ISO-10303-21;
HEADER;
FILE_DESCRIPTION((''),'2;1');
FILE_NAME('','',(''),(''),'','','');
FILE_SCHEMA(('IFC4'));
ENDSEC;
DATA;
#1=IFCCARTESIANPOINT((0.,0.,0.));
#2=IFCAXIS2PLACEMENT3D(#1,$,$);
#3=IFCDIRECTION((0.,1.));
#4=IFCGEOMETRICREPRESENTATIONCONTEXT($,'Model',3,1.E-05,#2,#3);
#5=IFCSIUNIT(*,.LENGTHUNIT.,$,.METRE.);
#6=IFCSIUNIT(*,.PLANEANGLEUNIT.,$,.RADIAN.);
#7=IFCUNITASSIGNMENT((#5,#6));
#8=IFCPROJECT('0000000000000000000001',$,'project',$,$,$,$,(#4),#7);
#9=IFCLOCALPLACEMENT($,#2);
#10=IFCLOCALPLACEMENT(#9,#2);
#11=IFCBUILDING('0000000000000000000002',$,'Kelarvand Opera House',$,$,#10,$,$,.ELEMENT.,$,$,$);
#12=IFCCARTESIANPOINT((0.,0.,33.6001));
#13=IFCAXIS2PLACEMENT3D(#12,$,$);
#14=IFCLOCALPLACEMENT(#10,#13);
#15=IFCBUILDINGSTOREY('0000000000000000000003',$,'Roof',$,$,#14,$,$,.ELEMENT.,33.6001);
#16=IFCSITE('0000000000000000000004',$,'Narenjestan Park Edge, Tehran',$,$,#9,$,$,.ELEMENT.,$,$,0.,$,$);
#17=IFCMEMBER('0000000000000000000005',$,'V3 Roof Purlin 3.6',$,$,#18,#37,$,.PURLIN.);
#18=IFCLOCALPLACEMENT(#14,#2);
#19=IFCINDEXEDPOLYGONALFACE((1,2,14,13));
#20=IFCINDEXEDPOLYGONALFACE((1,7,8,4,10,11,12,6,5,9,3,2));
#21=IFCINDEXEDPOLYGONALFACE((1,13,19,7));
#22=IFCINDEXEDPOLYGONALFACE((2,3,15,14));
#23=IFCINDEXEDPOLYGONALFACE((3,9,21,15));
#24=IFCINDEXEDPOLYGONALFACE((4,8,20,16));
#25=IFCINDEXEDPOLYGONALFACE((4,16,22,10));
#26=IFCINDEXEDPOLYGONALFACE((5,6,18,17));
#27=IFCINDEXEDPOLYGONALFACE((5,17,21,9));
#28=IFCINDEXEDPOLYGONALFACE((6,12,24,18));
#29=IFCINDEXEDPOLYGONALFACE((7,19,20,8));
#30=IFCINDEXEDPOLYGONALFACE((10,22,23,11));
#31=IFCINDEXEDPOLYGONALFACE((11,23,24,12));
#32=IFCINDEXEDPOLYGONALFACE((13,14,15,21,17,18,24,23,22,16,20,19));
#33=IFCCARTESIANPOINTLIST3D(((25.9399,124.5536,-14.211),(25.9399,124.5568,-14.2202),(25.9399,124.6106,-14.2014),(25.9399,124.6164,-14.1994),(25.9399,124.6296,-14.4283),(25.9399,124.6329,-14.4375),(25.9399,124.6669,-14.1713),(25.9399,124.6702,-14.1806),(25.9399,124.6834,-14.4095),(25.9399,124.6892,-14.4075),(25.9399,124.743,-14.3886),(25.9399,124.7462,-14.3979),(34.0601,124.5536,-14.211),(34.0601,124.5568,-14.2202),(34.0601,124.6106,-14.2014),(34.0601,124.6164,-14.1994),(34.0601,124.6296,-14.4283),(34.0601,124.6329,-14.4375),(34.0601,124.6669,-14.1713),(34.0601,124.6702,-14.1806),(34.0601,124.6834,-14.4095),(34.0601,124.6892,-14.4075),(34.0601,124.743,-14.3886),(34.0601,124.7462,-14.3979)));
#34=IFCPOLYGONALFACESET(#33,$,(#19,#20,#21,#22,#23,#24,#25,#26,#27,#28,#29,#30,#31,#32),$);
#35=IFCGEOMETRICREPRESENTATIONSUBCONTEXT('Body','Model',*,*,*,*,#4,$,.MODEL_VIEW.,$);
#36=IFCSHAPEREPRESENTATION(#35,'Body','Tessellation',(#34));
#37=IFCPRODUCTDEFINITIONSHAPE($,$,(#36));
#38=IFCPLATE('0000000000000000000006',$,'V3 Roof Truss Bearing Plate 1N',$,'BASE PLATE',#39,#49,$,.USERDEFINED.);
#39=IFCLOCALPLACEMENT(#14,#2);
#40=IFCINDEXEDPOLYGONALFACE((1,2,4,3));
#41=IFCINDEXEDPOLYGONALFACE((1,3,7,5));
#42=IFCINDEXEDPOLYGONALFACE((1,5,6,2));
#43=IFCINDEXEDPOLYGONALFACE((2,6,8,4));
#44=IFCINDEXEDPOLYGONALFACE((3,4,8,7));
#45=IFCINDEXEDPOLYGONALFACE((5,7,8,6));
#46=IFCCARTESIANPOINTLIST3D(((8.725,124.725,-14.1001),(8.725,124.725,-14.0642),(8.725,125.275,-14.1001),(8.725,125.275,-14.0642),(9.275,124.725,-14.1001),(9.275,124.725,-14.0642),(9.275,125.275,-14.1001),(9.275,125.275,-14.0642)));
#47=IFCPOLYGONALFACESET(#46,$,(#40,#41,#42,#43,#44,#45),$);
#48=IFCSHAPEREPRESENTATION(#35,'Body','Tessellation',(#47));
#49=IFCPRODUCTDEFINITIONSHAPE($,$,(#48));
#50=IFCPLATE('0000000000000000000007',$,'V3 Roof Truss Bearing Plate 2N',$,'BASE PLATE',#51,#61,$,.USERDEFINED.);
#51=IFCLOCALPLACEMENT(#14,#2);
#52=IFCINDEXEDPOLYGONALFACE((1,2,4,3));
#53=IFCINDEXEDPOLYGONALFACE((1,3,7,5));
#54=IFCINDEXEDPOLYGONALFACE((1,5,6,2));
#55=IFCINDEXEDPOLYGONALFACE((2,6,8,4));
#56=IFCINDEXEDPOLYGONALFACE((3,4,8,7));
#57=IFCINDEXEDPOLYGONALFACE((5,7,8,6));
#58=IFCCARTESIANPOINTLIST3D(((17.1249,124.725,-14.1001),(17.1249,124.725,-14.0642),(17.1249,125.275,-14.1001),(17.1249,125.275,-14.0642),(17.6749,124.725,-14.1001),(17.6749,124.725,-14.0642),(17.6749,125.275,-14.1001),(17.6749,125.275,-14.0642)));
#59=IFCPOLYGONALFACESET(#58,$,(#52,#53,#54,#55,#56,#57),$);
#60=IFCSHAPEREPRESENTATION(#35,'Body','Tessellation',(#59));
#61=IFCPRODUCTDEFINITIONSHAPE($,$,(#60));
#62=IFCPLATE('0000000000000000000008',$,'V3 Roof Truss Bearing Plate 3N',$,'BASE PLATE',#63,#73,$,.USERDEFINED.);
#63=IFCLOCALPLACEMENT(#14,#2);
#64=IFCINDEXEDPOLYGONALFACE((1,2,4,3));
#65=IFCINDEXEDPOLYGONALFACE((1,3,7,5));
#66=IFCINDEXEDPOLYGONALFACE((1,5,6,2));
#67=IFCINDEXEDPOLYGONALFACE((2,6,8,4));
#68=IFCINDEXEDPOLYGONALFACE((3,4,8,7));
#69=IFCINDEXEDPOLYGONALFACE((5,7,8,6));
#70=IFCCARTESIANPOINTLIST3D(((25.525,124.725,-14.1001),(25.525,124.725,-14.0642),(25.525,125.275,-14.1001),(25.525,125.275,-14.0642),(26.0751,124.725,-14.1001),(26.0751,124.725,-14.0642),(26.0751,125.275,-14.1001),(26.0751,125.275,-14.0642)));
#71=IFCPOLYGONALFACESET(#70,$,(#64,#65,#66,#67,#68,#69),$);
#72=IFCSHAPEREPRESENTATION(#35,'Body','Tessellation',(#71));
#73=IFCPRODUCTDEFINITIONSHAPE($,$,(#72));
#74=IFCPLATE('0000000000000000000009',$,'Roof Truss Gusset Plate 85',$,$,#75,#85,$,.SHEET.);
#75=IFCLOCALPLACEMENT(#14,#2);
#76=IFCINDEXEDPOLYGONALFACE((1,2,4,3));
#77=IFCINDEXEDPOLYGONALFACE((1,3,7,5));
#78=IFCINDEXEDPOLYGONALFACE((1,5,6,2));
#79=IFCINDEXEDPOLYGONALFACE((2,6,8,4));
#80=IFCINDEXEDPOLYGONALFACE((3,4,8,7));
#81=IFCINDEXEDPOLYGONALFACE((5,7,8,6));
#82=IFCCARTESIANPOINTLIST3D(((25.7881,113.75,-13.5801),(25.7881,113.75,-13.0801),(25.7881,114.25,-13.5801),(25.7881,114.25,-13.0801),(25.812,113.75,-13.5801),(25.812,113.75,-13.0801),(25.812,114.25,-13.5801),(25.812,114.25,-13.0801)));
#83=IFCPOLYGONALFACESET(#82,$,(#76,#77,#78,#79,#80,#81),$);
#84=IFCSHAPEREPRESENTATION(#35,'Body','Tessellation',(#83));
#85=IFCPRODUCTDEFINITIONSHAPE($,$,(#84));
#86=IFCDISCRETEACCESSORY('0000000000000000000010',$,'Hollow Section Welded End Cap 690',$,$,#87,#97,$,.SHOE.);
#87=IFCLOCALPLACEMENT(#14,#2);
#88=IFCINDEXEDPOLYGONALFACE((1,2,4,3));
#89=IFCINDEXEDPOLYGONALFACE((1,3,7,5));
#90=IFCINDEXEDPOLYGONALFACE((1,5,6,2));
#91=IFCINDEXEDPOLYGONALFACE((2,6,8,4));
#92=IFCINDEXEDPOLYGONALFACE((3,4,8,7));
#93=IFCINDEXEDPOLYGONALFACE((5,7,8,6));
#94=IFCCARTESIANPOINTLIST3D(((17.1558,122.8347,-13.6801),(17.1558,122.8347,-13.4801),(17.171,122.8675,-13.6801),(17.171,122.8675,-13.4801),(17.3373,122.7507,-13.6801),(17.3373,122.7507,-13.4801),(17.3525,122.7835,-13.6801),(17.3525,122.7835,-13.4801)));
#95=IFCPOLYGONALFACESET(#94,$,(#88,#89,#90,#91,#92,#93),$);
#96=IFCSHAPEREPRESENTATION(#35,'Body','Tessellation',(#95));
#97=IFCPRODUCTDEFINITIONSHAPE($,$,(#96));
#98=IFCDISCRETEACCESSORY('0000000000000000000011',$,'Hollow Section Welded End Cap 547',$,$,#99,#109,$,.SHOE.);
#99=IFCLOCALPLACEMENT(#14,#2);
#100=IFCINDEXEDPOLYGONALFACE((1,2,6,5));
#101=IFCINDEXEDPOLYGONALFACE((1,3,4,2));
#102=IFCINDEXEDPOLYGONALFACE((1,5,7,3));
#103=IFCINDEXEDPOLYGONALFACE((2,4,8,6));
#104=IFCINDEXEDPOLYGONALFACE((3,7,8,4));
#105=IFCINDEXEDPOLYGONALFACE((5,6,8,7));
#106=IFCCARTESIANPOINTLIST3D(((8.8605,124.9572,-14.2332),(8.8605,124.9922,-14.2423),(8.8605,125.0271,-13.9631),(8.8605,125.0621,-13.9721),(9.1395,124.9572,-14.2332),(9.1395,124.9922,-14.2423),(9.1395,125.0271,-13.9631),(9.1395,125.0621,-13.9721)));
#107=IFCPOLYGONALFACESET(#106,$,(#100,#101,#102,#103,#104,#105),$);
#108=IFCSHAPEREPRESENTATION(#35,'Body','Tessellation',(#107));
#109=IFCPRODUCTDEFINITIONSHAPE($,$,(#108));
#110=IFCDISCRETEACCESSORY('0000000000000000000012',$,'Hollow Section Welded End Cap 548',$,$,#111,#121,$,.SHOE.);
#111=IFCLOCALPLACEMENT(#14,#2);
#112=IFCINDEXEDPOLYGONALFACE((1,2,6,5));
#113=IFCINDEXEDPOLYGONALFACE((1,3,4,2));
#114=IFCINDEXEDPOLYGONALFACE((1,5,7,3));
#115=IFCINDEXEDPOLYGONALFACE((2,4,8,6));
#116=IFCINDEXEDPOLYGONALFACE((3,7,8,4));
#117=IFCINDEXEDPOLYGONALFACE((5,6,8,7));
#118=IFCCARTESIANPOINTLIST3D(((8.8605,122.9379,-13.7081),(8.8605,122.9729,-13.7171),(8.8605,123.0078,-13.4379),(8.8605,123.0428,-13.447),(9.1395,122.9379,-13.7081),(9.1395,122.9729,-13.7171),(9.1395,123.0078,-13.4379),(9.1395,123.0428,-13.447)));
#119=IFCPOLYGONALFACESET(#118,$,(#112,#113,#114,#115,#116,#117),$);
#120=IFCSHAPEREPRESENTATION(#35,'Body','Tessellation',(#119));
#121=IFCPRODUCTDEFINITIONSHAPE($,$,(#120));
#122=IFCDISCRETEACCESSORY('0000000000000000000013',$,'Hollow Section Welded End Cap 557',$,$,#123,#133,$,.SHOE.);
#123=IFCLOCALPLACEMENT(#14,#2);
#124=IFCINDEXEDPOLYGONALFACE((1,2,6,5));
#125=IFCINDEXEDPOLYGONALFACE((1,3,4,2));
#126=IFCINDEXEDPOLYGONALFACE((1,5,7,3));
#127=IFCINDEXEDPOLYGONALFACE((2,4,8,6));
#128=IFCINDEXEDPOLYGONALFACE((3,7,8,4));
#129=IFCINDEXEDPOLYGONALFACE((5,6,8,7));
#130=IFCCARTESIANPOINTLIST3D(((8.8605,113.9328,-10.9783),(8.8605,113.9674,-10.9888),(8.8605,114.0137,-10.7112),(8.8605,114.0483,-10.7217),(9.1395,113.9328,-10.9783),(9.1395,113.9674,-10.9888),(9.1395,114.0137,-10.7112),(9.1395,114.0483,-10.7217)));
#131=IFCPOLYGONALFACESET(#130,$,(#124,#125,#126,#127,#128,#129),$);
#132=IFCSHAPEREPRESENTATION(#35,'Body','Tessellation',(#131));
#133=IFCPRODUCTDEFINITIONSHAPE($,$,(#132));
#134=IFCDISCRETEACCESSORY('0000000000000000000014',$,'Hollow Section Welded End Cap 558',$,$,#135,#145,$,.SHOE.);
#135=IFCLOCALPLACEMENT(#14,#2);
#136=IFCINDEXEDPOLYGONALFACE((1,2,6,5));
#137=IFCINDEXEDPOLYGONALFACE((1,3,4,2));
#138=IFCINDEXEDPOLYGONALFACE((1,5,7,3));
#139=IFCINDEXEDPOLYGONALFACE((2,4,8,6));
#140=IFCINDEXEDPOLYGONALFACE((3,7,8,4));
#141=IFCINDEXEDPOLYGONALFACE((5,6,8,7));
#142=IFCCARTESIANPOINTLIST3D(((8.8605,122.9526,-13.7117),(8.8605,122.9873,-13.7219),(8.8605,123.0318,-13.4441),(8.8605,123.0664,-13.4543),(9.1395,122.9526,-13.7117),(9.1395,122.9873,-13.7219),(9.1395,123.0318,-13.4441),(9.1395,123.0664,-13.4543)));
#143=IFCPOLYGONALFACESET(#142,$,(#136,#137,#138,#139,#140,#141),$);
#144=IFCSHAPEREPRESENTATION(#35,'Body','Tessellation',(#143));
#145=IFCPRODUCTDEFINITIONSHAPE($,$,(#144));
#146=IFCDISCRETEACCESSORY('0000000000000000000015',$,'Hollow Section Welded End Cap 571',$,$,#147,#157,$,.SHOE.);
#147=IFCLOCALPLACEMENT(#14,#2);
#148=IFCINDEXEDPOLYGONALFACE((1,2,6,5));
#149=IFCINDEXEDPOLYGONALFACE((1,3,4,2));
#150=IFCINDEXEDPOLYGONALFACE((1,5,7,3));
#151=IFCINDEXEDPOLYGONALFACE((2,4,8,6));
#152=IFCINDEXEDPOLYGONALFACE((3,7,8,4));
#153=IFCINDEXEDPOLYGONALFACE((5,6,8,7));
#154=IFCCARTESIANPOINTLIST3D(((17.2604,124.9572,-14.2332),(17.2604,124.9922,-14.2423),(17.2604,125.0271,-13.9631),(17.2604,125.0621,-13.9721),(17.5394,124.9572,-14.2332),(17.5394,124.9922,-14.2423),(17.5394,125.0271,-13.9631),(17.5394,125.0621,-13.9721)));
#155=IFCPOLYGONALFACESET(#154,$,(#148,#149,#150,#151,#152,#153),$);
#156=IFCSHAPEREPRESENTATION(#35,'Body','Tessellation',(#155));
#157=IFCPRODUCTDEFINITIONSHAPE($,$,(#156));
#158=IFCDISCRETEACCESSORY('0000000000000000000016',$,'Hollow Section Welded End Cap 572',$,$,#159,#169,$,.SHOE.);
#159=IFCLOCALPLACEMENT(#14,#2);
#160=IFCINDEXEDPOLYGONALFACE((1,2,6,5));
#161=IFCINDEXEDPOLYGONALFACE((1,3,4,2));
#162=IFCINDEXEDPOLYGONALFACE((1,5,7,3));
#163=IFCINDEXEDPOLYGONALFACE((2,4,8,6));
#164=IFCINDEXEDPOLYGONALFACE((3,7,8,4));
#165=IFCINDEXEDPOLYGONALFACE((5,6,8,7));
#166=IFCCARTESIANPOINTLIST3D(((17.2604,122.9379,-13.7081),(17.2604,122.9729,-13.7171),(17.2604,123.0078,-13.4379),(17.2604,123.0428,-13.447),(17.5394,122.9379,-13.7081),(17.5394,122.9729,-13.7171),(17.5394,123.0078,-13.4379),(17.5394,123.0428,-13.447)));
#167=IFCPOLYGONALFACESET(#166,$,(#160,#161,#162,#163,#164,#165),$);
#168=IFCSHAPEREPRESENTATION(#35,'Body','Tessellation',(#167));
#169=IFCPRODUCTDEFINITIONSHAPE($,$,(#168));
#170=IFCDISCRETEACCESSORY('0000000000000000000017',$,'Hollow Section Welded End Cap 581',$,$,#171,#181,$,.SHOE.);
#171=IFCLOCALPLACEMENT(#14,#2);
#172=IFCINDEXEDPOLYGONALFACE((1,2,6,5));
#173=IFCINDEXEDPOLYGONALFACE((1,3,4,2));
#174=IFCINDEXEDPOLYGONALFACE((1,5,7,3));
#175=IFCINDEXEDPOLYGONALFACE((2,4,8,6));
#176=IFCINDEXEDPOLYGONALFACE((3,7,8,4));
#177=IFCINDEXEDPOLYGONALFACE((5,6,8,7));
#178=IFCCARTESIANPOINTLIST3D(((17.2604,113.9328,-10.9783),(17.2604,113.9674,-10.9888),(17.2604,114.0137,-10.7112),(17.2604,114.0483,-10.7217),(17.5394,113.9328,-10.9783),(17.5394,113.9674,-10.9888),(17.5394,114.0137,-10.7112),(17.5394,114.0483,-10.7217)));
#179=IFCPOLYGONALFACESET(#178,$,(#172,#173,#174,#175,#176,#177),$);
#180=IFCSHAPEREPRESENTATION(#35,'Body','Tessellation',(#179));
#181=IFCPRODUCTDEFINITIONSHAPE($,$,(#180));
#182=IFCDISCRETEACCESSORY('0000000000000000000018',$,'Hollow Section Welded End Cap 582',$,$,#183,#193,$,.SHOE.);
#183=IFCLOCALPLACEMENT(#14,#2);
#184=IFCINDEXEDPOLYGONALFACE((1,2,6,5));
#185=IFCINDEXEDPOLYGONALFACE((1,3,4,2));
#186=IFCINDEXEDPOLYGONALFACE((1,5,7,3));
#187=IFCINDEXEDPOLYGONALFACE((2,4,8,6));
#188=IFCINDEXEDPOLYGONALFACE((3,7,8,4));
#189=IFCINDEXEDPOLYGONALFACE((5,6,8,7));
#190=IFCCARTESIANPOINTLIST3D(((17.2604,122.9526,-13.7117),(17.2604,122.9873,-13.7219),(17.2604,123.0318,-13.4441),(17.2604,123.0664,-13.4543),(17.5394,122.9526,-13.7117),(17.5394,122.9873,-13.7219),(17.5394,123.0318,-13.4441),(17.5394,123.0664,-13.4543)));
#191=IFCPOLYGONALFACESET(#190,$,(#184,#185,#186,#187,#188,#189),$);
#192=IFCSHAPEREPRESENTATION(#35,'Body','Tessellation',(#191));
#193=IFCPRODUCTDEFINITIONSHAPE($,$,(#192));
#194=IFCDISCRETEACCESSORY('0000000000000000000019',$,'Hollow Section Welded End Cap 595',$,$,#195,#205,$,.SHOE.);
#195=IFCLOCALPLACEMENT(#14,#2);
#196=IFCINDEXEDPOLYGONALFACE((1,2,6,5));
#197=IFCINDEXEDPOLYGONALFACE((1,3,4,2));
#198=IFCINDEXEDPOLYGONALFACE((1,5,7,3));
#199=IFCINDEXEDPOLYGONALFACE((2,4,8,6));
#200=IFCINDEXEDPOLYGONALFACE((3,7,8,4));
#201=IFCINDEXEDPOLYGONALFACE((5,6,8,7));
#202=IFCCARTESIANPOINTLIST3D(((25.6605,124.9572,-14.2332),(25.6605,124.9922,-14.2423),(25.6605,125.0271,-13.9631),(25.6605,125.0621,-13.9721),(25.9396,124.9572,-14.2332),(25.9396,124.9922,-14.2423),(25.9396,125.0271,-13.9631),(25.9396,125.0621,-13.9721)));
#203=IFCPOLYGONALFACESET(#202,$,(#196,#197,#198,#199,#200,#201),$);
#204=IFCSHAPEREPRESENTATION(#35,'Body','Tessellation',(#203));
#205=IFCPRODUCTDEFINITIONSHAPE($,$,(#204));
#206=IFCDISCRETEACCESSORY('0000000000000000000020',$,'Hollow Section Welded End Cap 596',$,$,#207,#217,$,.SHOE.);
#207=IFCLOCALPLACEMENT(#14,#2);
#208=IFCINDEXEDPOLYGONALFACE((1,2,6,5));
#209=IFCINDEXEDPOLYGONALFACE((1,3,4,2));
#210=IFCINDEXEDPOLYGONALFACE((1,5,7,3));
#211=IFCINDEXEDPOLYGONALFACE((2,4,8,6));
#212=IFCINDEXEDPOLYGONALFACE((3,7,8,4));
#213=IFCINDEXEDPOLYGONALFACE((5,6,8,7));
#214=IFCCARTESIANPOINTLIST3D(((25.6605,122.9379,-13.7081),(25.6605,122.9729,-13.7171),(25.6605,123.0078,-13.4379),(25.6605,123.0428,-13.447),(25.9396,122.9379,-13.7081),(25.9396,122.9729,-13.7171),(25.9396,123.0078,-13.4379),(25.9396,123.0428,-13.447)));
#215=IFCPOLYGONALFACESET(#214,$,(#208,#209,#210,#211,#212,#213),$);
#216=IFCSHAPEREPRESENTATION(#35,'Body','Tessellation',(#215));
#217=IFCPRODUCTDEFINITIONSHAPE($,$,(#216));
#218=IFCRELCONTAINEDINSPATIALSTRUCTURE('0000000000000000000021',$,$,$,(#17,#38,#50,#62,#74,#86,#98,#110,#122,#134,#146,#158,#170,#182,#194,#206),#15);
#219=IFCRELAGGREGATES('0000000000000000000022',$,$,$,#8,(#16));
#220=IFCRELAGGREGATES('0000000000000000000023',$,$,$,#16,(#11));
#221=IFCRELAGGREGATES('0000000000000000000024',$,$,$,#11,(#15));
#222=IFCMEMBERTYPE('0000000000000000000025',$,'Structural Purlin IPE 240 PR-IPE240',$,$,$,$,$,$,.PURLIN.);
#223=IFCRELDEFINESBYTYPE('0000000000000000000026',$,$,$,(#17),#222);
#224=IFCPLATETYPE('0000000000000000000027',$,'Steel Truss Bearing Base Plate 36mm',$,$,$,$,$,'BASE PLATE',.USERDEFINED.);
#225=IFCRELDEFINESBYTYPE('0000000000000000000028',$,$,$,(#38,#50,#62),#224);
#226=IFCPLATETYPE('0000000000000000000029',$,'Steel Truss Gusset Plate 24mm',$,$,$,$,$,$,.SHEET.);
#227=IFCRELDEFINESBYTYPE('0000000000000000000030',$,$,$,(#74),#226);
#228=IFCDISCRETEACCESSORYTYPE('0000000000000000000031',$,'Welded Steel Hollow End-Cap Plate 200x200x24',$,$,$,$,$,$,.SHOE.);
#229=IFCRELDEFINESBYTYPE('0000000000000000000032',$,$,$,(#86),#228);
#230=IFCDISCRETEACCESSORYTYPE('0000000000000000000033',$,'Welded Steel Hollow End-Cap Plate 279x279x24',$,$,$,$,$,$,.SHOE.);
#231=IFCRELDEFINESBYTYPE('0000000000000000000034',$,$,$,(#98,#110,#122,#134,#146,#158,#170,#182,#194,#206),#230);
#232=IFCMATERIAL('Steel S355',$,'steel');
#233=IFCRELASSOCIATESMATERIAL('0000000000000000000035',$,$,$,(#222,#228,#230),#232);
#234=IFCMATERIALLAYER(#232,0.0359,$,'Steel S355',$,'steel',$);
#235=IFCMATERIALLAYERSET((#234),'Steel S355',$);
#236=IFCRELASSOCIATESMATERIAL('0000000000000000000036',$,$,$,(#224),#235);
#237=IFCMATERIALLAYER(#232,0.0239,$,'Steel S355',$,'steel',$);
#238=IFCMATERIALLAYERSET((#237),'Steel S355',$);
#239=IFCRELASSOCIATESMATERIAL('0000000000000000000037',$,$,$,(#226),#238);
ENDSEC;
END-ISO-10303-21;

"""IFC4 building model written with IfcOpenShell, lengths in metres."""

from ifc_helpers import new_model, si_unit, direction, frame, origin, origin_2d, place, context, subcontext, project, spatial, rectangle, i_section, extrude, material, layer, layer_set, material_profile, profile_set, type_object, element, save


model = new_model("IFC4")

# Units and contexts
model_context = context("Model", 3, precision=1e-05, world=origin(), true_north=direction((0.0, 1.0)))
body_context = subcontext(model_context, "Body", "Model", "MODEL_VIEW")
ifc_project = project(units=[si_unit("LENGTHUNIT", "METRE"), si_unit("PLANEANGLEUNIT", "RADIAN")], contexts=[model_context])

# Site, building, storey
site_placement = place(None, origin())
site = spatial("IfcSite", under=ifc_project, at=site_placement, Name="Narenjestan Park Edge, Tehran", CompositionType="ELEMENT", RefElevation=0.0)
building_placement = place(site_placement, origin())
building = spatial("IfcBuilding", under=site, at=building_placement, Name="Kelarvand Opera House", CompositionType="ELEMENT")
storey_placement = place(building_placement, frame((0.0, 0.0, 33.6001)))
storey = spatial("IfcBuildingStorey", under=building, at=storey_placement, Name="Roof", CompositionType="ELEMENT", Elevation=33.6001)

# Member
ifc_material = material(Name="Steel S355", Category="steel")
ifc_material_profile_1 = material_profile(ifc_material, i_section(OverallWidth=0.1201, OverallDepth=0.24, WebThickness=0.0061, FlangeThickness=0.0098, at=origin_2d()), Name="IPE 240", Category="steel")
ifc_profile_set_1 = profile_set([ifc_material_profile_1], Name="Steel S355")
member_type_1 = type_object("IfcMemberType", Name="Structural Purlin IPE 240 PR-IPE240", PredefinedType="PURLIN", material=ifc_profile_set_1)
for number, where, z_axis, x_axis, name in (
    (1, (25.9399, 124.6499, -14.3044), (1.0, 0.0, 0.0), (0.0, 0.943859, 0.33035), "V3 Roof Purlin 3.6"),
):
    element("IfcMember", number, at=place(storey_placement, frame(where, z_axis=z_axis, x_axis=x_axis)), inside=storey, type_object=member_type_1, Name=name, PredefinedType="PURLIN", context=body_context, shape_type="SweptSolid", body=[
        extrude(i_section(OverallWidth=0.1201, OverallDepth=0.24, WebThickness=0.0061, FlangeThickness=0.0098, at=origin_2d()), origin(), (0.0, 0.0, 1.0), 8.1201),
    ])

# Plates
ifc_layer_1 = layer(ifc_material, 0.0359, Name="Steel S355", Category="steel")
ifc_layer_set_1 = layer_set([ifc_layer_1], Name="Steel S355")
plate_type_1 = type_object("IfcPlateType", Name="Steel Truss Bearing Base Plate 36mm", ElementType="BASE PLATE", PredefinedType="USERDEFINED", material=ifc_layer_set_1)
for number, where, z_axis, x_axis, name in (
    (2, (9.0, 125.0, -14.1001), (0.0, 0.0, 1.0), (1.0, 0.0, 0.0), "V3 Roof Truss Bearing Plate 1N"),
    (3, (17.3999, 125.0, -14.1001), (0.0, 0.0, 1.0), (1.0, 0.0, 0.0), "V3 Roof Truss Bearing Plate 2N"),
    (4, (25.8, 125.0, -14.1001), (0.0, 0.0, 1.0), (1.0, 0.0, 0.0), "V3 Roof Truss Bearing Plate 3N"),
):
    element("IfcPlate", number, at=place(storey_placement, frame(where, z_axis=z_axis, x_axis=x_axis)), inside=storey, type_object=plate_type_1, Name=name, ObjectType="BASE PLATE", PredefinedType="USERDEFINED", context=body_context, shape_type="SweptSolid", body=[
        extrude(rectangle(XDim=0.55, YDim=0.55, at=origin_2d()), origin(), (0.0, 0.0, 1.0), 0.0359),
    ])
ifc_layer_2 = layer(ifc_material, 0.0239, Name="Steel S355", Category="steel")
ifc_layer_set_2 = layer_set([ifc_layer_2], Name="Steel S355")
plate_type_2 = type_object("IfcPlateType", Name="Steel Truss Gusset Plate 24mm", PredefinedType="SHEET", material=ifc_layer_set_2)
plate_placement = place(storey_placement, frame((25.8, 114.0, -13.5801), z_axis=(0.0, 0.0, 1.0), x_axis=(1.0, 0.0, 0.0)))
element("IfcPlate", 5, at=plate_placement, inside=storey, type_object=plate_type_2, Name="Roof Truss Gusset Plate 85", PredefinedType="SHEET", context=body_context, shape_type="SweptSolid", body=[
    extrude(rectangle(XDim=0.0239, YDim=0.5, at=origin_2d()), origin(), (0.0, 0.0, 1.0), 0.5),
])

# Discrete accessories
ifc_material_profile_2 = material_profile(ifc_material, rectangle(XDim=0.2, YDim=0.2, at=origin_2d()), Name="Welded Steel Hollow End-Cap Plate 200x200x24", Category="steel")
ifc_profile_set_2 = profile_set([ifc_material_profile_2], Name="Steel S355")
discrete_accessory_type_1 = type_object("IfcDiscreteAccessoryType", Name="Welded Steel Hollow End-Cap Plate 200x200x24", PredefinedType="SHOE", material=ifc_profile_set_2)
discrete_accessory_1_placement = place(storey_placement, frame((17.2466, 122.7927, -13.5801), z_axis=(0.419917, 0.907563, 0.0), x_axis=(-0.907563, 0.419917, 0.0)))
element("IfcDiscreteAccessory", 6, at=discrete_accessory_1_placement, inside=storey, type_object=discrete_accessory_type_1, Name="Hollow Section Welded End Cap 690", PredefinedType="SHOE", context=body_context, shape_type="SweptSolid", body=[
    extrude(rectangle(XDim=0.2, YDim=0.2, at=origin_2d()), origin(), (0.0, 0.0, 1.0), 0.0361),
])
ifc_material_profile_3 = material_profile(ifc_material, rectangle(XDim=0.2791, YDim=0.2791, at=origin_2d()), Name="Welded Steel Hollow End-Cap Plate 279x279x24", Category="steel")
ifc_profile_set_3 = profile_set([ifc_material_profile_3], Name="Steel S355")
discrete_accessory_type_2 = type_object("IfcDiscreteAccessoryType", Name="Welded Steel Hollow End-Cap Plate 279x279x24", PredefinedType="SHOE", material=ifc_profile_set_3)
for number, where, z_axis, x_axis, name in (
    (7, (9.0, 124.9922, -14.0981), (0.0, 0.968119, -0.250492), (-1.0, 0.0, 0.0), "Hollow Section Welded End Cap 547"),
    (8, (9.0, 123.0078, -13.582), (0.0, -0.968119, 0.250492), (1.0, 0.0, 0.0), "Hollow Section Welded End Cap 548"),
    (9, (9.0, 114.0078, -10.8552), (0.0, -0.957081, 0.28982), (1.0, 0.0, 0.0), "Hollow Section Welded End Cap 557"),
    (10, (9.0, 122.9922, -13.5779), (0.0, 0.958934, -0.283628), (-1.0, 0.0, 0.0), "Hollow Section Welded End Cap 558"),
    (11, (17.3999, 124.9922, -14.0981), (0.0, 0.968119, -0.250492), (-1.0, 0.0, 0.0), "Hollow Section Welded End Cap 571"),
    (12, (17.3999, 123.0078, -13.582), (0.0, -0.968119, 0.250492), (1.0, 0.0, 0.0), "Hollow Section Welded End Cap 572"),
    (13, (17.3999, 114.0078, -10.8552), (0.0, -0.957081, 0.28982), (1.0, 0.0, 0.0), "Hollow Section Welded End Cap 581"),
    (14, (17.3999, 122.9922, -13.5779), (0.0, 0.958934, -0.283628), (-1.0, 0.0, 0.0), "Hollow Section Welded End Cap 582"),
    (15, (25.8, 124.9922, -14.0981), (0.0, 0.968119, -0.250492), (-1.0, 0.0, 0.0), "Hollow Section Welded End Cap 595"),
    (16, (25.8, 123.0078, -13.582), (0.0, -0.968119, 0.250492), (1.0, 0.0, 0.0), "Hollow Section Welded End Cap 596"),
):
    element("IfcDiscreteAccessory", number, at=place(storey_placement, frame(where, z_axis=z_axis, x_axis=x_axis)), inside=storey, type_object=discrete_accessory_type_2, Name=name, PredefinedType="SHOE", context=body_context, shape_type="SweptSolid", body=[
        extrude(rectangle(XDim=0.2791, YDim=0.2791, at=origin_2d()), origin(), (0.0, 0.0, 1.0), 0.0361),
    ])

save(model, "model.ifc")
